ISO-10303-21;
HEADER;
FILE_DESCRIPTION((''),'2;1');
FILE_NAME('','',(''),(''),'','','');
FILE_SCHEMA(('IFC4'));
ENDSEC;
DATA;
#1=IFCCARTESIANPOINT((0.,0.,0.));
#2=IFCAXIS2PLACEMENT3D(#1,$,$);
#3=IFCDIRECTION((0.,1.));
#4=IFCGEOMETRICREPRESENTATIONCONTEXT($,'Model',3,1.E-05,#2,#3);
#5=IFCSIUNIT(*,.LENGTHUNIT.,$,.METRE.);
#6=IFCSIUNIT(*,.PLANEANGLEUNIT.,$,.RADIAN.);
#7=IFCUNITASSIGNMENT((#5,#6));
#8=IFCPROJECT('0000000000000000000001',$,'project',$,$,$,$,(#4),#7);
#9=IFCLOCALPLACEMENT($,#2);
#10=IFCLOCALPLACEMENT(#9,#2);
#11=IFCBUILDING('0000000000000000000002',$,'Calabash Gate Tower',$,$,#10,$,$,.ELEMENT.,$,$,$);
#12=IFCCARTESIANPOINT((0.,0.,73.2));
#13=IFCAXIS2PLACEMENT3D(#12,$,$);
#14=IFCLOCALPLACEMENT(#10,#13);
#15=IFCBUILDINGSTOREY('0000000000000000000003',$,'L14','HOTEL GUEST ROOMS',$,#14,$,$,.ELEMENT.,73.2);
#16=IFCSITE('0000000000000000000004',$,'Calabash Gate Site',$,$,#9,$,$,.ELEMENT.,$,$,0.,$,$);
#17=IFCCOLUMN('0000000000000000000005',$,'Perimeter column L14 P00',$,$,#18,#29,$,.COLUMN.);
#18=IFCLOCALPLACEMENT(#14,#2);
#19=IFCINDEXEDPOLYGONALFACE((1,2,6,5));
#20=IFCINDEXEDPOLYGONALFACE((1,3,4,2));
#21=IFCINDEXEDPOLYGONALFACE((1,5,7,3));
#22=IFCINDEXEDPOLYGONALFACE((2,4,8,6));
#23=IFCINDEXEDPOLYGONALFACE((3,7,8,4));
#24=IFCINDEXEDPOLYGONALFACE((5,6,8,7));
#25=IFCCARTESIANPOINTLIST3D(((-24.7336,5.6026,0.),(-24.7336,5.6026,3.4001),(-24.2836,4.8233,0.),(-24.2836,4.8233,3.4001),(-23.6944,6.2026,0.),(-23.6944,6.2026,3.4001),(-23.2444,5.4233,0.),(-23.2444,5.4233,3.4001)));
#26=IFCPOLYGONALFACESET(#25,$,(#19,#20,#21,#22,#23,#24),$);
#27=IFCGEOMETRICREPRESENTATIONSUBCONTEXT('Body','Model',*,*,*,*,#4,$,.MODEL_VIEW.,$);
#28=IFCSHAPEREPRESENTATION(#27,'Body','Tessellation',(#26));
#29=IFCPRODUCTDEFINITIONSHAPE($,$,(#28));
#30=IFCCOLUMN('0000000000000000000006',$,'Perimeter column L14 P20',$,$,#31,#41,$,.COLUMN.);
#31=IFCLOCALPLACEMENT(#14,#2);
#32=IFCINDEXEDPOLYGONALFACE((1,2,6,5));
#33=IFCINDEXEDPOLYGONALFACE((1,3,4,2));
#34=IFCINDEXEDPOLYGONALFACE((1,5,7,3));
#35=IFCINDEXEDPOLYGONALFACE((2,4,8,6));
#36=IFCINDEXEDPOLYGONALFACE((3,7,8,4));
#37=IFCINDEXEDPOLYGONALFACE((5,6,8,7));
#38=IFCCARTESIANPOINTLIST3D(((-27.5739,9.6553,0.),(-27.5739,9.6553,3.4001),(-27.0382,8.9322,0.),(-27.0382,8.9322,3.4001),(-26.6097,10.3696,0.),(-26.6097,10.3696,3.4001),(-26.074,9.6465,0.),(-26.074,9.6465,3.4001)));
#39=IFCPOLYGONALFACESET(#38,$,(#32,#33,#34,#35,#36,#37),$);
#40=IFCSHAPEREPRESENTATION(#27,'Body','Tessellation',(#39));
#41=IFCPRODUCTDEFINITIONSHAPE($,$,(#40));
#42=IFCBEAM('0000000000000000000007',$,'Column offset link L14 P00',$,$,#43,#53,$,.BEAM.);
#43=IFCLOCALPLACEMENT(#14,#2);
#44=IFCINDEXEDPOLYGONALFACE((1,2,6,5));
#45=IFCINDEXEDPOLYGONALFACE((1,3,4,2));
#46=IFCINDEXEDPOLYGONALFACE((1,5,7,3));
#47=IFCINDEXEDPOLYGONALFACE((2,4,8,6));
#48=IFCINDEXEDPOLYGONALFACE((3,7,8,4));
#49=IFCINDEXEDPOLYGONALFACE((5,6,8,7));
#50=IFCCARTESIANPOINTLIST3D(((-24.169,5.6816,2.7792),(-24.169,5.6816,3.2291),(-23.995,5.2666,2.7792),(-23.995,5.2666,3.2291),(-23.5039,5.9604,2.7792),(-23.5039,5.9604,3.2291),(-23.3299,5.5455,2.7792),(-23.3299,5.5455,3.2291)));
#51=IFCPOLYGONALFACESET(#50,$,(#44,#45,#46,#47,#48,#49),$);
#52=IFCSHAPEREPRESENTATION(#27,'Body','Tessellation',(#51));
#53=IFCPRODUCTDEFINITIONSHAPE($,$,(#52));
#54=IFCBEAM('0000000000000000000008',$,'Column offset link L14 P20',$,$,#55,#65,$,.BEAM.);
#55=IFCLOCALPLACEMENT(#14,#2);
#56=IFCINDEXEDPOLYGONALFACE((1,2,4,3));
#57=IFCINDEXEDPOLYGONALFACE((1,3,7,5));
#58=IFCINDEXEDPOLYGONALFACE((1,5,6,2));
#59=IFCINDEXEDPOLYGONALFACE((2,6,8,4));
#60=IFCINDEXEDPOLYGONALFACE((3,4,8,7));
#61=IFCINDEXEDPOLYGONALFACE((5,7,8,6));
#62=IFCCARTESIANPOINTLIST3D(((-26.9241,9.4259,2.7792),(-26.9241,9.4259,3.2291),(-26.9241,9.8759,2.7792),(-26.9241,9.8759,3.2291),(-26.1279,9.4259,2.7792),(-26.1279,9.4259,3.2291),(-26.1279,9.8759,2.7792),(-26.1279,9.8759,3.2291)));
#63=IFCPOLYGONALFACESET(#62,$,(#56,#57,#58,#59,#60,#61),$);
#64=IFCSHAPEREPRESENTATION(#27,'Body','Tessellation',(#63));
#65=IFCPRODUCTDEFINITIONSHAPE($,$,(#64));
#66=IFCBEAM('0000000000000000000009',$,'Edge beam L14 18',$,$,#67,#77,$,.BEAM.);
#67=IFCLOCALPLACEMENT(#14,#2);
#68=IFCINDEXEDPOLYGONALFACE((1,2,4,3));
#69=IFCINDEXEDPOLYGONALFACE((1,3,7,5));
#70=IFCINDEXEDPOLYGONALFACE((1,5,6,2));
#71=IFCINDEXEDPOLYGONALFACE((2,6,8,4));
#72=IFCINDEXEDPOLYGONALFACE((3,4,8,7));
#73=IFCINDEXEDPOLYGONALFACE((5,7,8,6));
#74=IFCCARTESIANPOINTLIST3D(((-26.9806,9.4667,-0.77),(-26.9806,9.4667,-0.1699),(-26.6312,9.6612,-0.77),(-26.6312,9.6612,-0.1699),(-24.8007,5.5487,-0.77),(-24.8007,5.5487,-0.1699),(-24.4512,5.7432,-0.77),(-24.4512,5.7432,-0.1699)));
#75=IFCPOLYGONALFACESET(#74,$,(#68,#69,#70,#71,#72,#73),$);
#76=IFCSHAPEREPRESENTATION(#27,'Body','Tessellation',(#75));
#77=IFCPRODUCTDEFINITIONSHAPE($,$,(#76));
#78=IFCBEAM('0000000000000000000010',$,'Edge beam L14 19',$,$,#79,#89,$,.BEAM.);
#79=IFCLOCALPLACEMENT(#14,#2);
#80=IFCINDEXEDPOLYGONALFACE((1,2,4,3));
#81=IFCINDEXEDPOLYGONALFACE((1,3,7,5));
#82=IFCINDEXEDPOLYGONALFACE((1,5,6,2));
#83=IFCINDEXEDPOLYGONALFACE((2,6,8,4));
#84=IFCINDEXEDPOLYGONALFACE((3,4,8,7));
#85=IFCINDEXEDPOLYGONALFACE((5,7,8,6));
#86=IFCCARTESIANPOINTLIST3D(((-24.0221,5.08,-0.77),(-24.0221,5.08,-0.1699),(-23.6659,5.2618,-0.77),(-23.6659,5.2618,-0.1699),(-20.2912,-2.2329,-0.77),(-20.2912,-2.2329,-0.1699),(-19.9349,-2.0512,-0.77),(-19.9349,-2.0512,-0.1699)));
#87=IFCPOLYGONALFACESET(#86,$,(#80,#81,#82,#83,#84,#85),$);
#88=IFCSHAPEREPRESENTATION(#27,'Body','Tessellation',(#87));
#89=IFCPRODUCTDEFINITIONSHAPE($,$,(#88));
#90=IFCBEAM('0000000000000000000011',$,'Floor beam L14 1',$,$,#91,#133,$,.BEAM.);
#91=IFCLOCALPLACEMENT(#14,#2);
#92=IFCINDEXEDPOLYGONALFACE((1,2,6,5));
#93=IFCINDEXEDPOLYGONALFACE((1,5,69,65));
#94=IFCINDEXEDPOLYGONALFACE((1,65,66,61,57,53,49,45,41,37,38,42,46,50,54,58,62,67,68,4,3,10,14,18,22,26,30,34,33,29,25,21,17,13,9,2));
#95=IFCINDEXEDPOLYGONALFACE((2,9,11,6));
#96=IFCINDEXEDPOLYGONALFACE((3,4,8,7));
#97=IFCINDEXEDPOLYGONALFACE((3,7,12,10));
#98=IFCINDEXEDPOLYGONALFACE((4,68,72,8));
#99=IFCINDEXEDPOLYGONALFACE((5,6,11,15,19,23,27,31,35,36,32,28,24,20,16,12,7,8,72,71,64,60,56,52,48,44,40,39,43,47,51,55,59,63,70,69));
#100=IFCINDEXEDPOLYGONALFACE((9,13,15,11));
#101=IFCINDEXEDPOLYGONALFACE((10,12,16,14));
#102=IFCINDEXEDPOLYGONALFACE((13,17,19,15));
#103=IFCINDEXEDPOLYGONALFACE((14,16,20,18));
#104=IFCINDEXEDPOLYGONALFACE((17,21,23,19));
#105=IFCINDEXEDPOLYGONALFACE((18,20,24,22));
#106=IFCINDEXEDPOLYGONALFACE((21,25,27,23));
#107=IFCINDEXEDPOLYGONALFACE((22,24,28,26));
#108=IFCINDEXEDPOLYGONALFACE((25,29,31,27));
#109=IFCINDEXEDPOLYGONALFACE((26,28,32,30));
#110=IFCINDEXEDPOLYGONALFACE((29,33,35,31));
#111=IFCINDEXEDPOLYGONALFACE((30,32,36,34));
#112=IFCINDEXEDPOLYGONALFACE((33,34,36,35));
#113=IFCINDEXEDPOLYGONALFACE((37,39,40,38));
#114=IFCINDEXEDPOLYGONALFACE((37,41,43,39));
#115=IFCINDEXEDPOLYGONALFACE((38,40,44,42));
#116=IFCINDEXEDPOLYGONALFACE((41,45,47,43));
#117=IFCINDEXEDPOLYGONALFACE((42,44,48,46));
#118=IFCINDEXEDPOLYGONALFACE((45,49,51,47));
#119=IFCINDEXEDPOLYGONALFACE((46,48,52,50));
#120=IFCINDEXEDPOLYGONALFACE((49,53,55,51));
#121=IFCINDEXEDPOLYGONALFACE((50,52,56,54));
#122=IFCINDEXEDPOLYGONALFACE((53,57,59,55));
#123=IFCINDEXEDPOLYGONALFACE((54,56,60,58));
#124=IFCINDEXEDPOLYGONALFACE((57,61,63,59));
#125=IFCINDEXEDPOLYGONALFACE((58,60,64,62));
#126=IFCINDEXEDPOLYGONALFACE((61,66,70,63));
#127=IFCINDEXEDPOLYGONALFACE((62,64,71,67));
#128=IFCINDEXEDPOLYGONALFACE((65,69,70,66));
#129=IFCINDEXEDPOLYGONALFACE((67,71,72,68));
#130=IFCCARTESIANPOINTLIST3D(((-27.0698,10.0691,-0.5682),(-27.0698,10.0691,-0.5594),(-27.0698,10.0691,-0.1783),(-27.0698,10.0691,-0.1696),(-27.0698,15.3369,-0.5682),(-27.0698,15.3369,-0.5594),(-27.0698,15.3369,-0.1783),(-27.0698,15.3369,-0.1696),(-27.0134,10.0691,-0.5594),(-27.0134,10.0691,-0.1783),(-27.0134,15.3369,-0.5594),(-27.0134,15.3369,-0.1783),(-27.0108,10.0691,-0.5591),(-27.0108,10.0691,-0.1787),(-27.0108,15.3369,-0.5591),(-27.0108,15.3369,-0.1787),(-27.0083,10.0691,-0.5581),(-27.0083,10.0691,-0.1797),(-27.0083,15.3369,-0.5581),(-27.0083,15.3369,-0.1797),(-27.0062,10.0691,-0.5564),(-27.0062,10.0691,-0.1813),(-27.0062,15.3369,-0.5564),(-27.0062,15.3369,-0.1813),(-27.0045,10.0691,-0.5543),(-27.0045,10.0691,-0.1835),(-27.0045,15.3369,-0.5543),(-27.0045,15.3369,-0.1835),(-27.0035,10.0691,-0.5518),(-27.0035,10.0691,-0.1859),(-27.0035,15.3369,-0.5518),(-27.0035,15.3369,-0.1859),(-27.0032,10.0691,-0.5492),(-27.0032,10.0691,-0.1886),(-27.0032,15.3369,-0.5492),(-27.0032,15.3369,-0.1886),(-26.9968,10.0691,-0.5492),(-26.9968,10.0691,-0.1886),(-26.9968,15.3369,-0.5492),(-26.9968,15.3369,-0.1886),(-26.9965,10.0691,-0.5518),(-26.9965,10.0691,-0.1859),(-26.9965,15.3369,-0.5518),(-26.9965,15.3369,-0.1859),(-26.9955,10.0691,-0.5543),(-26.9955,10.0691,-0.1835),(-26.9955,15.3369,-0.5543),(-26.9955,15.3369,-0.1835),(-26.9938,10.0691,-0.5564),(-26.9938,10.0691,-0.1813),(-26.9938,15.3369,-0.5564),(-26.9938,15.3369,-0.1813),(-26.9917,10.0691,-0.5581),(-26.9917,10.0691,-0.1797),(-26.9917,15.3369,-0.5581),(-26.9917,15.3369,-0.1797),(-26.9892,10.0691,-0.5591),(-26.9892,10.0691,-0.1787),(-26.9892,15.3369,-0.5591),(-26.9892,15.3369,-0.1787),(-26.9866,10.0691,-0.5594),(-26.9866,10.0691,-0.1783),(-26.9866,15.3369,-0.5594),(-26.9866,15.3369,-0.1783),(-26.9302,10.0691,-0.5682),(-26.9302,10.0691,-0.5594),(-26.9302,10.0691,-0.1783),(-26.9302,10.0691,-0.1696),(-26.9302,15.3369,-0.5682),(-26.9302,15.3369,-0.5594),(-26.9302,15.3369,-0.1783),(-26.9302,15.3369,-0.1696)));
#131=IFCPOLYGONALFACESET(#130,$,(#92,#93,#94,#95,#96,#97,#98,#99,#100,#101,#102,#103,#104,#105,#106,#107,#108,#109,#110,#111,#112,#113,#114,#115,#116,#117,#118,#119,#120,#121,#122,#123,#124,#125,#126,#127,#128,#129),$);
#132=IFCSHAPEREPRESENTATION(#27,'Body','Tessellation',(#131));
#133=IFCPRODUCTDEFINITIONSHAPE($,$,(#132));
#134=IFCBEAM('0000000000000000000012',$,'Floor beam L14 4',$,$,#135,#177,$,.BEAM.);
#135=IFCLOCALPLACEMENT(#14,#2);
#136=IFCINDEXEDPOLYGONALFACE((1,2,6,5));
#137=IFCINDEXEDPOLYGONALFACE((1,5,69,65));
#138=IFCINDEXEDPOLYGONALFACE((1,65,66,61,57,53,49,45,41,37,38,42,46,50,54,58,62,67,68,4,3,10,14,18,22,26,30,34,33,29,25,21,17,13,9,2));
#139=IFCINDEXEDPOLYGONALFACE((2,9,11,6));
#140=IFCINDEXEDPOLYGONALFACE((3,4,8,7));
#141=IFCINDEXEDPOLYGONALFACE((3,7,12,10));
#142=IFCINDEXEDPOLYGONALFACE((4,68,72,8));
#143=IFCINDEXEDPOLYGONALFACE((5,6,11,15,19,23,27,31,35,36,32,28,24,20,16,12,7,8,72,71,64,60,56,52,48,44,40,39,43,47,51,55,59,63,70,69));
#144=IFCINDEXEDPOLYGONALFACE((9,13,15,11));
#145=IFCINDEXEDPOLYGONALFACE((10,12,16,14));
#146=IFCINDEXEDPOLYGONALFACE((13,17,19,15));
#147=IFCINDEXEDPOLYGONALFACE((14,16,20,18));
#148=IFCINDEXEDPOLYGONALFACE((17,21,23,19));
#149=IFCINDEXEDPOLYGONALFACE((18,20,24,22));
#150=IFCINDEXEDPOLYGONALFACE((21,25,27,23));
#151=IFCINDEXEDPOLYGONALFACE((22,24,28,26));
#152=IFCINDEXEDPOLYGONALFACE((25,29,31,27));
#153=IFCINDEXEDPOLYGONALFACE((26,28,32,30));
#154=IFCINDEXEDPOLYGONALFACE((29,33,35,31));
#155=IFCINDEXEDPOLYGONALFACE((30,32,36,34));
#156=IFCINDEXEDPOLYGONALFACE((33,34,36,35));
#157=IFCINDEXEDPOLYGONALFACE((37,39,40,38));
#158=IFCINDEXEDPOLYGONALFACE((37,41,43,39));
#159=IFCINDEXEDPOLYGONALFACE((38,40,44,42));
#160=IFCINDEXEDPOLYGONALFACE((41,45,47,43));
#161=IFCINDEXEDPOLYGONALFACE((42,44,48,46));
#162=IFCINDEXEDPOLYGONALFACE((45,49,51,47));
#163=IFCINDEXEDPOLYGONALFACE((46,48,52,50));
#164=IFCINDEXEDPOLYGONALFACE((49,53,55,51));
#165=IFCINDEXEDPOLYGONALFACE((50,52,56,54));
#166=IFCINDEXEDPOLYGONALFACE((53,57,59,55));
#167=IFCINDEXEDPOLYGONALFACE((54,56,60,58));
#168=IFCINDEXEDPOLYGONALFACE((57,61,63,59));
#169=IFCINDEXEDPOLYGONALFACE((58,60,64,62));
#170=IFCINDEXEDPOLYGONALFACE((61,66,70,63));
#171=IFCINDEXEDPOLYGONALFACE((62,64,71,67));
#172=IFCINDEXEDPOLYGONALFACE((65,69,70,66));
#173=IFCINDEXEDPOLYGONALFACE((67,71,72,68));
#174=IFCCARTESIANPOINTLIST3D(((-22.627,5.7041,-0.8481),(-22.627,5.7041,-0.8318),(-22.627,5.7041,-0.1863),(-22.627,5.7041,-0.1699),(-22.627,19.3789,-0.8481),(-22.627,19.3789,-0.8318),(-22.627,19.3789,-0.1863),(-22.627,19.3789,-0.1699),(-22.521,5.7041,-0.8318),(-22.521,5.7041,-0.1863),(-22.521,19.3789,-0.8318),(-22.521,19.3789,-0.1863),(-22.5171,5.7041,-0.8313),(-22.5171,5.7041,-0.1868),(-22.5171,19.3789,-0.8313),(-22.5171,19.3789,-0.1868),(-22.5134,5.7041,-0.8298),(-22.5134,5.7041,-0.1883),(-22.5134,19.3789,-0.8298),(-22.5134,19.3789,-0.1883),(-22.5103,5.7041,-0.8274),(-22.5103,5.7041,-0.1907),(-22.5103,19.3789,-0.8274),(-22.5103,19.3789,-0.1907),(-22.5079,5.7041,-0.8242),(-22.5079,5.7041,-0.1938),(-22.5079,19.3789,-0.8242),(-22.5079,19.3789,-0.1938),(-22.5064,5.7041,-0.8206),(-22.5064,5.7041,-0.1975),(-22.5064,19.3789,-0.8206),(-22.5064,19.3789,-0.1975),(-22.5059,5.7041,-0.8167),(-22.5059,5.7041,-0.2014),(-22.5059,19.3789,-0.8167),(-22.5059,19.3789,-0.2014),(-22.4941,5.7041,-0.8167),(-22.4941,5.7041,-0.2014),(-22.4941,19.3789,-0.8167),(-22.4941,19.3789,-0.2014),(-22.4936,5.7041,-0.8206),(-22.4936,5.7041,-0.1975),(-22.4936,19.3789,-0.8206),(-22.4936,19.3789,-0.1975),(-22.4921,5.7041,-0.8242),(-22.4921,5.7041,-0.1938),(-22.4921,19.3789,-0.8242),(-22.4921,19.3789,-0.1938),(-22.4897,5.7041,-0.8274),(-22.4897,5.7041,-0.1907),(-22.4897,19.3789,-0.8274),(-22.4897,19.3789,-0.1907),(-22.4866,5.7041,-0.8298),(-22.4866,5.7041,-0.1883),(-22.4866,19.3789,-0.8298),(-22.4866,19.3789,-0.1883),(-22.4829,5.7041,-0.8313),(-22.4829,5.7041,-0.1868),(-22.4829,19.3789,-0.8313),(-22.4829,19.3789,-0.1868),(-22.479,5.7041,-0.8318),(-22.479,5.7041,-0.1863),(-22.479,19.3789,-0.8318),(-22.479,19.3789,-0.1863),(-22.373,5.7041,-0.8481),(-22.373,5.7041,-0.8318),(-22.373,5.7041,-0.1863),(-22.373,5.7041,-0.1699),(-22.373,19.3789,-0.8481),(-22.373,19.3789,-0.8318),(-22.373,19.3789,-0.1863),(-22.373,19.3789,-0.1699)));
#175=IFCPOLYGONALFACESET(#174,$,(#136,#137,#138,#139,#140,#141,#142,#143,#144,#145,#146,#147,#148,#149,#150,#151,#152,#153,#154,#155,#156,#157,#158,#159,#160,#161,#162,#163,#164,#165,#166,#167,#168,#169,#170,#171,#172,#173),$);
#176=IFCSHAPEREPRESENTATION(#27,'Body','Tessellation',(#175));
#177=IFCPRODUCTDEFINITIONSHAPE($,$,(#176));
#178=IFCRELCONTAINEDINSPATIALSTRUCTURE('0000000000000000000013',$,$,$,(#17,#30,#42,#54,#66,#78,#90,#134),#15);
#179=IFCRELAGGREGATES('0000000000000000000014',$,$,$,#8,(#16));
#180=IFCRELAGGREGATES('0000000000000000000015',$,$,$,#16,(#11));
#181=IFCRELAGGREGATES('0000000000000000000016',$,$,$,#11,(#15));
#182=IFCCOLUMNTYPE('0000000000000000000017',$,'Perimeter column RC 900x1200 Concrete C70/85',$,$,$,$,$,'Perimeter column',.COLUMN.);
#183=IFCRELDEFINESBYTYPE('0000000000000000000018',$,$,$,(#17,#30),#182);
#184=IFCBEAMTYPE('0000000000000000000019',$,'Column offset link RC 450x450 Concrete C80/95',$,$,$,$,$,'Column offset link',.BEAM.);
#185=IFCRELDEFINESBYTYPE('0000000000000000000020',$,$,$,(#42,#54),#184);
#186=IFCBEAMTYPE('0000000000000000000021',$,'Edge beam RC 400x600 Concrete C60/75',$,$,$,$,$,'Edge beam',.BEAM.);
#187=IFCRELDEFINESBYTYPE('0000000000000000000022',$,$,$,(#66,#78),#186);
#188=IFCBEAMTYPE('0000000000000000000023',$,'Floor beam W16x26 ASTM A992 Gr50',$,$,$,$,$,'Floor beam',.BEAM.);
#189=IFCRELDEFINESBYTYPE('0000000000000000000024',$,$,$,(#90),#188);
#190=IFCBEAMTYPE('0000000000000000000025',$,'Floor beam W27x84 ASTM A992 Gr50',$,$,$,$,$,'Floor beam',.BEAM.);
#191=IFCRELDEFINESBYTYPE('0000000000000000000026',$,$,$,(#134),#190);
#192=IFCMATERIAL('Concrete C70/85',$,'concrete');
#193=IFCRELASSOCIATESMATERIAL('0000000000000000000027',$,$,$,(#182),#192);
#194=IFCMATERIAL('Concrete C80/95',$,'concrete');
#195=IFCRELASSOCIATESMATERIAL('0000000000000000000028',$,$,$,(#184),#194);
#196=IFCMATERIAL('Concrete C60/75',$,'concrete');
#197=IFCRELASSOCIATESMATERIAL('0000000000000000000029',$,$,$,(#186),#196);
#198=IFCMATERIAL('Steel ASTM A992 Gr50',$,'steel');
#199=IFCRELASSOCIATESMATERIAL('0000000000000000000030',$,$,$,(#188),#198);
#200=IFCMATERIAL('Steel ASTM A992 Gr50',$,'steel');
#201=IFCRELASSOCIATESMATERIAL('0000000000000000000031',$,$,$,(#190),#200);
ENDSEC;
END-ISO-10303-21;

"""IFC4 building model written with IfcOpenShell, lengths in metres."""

from ifc_helpers import new_model, si_unit, direction, frame, origin, origin_2d, place, context, subcontext, project, spatial, rectangle, i_section, extrude, material, material_profile, profile_set, type_object, element, save


model = new_model("IFC4")

# Units and contexts
model_context = context("Model", 3, precision=1e-05, world=origin(), true_north=direction((0.0, 1.0)))
body_context = subcontext(model_context, "Body", "Model", "MODEL_VIEW")
ifc_project = project(units=[si_unit("LENGTHUNIT", "METRE"), si_unit("PLANEANGLEUNIT", "RADIAN")], contexts=[model_context])

# Site, building, storey
site_placement = place(None, origin())
site = spatial("IfcSite", under=ifc_project, at=site_placement, Name="Calabash Gate Site", CompositionType="ELEMENT", RefElevation=0.0)
building_placement = place(site_placement, origin())
building = spatial("IfcBuilding", under=site, at=building_placement, Name="Calabash Gate Tower", CompositionType="ELEMENT")
storey_placement = place(building_placement, frame((0.0, 0.0, 73.2)))
storey = spatial("IfcBuildingStorey", under=building, at=storey_placement, Name="L14", Description="HOTEL GUEST ROOMS", CompositionType="ELEMENT", Elevation=73.2)

# Columns
ifc_material_1 = material(Name="Concrete C70/85", Category="concrete")
ifc_material_profile_1 = material_profile(ifc_material_1, rectangle(XDim=0.8999, YDim=1.2, at=origin_2d()))
ifc_profile_set_1 = profile_set([ifc_material_profile_1], Name="Concrete C70/85")
column_type = type_object("IfcColumnType", Name="Perimeter column RC 900x1200 Concrete C70/85", ElementType="Perimeter column", PredefinedType="COLUMN", material=ifc_profile_set_1)
for number, where, z_axis, x_axis, name in (
    (1, (-23.989, 5.5129, 0.0), (0.0, 0.0, 1.0), (0.5, -0.866025, 0.0), "Perimeter column L14 P00"),
    (2, (-26.824, 9.6509, 0.0), (0.0, 0.0, 1.0), (0.595287, -0.803513, 0.0), "Perimeter column L14 P20"),
):
    element("IfcColumn", number, at=place(storey_placement, frame(where, z_axis=z_axis, x_axis=x_axis)), inside=storey, type_object=column_type, Name=name, PredefinedType="COLUMN", context=body_context, shape_type="SweptSolid", body=[
        extrude(rectangle(XDim=0.8999, YDim=1.2, at=origin_2d()), origin(), (0.0, 0.0, 1.0), 3.4001),
    ])

# Beams
ifc_material_2 = material(Name="Concrete C80/95", Category="concrete")
ifc_material_profile_2 = material_profile(ifc_material_2, rectangle(XDim=0.45, YDim=0.45, at=origin_2d()))
ifc_profile_set_2 = profile_set([ifc_material_profile_2], Name="Concrete C80/95")
beam_type_1 = type_object("IfcBeamType", Name="Column offset link RC 450x450 Concrete C80/95", ElementType="Column offset link", PredefinedType="BEAM", material=ifc_profile_set_2)
beam_1_placement = place(storey_placement, frame((-24.082, 5.4741, 3.0042), z_axis=(0.922233, 0.386634, 0.0), x_axis=(-0.386634, 0.922233, 0.0)))
element("IfcBeam", 3, at=beam_1_placement, inside=storey, type_object=beam_type_1, Name="Column offset link L14 P00", PredefinedType="BEAM", context=body_context, shape_type="SweptSolid", body=[
    extrude(rectangle(XDim=0.45, YDim=0.45, at=origin_2d()), origin(), (0.0, 0.0, 1.0), 0.7212),
])
beam_2_placement = place(storey_placement, frame((-26.9241, 9.6509, 3.0042), z_axis=(1.0, 0.0, 0.0), x_axis=(0.0, 1.0, 0.0)))
element("IfcBeam", 4, at=beam_2_placement, inside=storey, type_object=beam_type_1, Name="Column offset link L14 P20", PredefinedType="BEAM", context=body_context, shape_type="SweptSolid", body=[
    extrude(rectangle(XDim=0.45, YDim=0.45, at=origin_2d()), origin(), (0.0, 0.0, 1.0), 0.7961),
])
ifc_material_3 = material(Name="Concrete C60/75", Category="concrete")
ifc_material_profile_3 = material_profile(ifc_material_3, rectangle(XDim=0.3999, YDim=0.6001, at=origin_2d()))
ifc_profile_set_3 = profile_set([ifc_material_profile_3], Name="Concrete C60/75")
beam_type_2 = type_object("IfcBeamType", Name="Edge beam RC 400x600 Concrete C60/75", ElementType="Edge beam", PredefinedType="BEAM", material=ifc_profile_set_3)
beam_3_placement = place(storey_placement, frame((-26.8059, 9.564, -0.47), z_axis=(0.486202, -0.873846, 0.0), x_axis=(0.873846, 0.486202, 0.0)))
element("IfcBeam", 5, at=beam_3_placement, inside=storey, type_object=beam_type_2, Name="Edge beam L14 18", PredefinedType="BEAM", context=body_context, shape_type="SweptSolid", body=[
    extrude(rectangle(XDim=0.3999, YDim=0.6001, at=origin_2d()), origin(), (0.0, 0.0, 1.0), 4.4836),
])
beam_4_placement = place(storey_placement, frame((-23.844, 5.1709, -0.47), z_axis=(0.454455, -0.89077, 0.0), x_axis=(0.89077, 0.454455, 0.0)))
element("IfcBeam", 6, at=beam_4_placement, inside=storey, type_object=beam_type_2, Name="Edge beam L14 19", PredefinedType="BEAM", context=body_context, shape_type="SweptSolid", body=[
    extrude(rectangle(XDim=0.3999, YDim=0.6001, at=origin_2d()), origin(), (0.0, 0.0, 1.0), 8.2097),
])
ifc_material_4 = material(Name="Steel ASTM A992 Gr50", Category="steel")
ifc_material_profile_4 = material_profile(ifc_material_4, i_section(OverallWidth=0.1396, OverallDepth=0.3987, WebThickness=0.0063, FlangeThickness=0.0088, FilletRadius=0.0103, at=origin_2d()))
ifc_profile_set_4 = profile_set([ifc_material_profile_4], Name="Steel ASTM A992 Gr50")
beam_type_3 = type_object("IfcBeamType", Name="Floor beam W16x26 ASTM A992 Gr50", ElementType="Floor beam", PredefinedType="BEAM", material=ifc_profile_set_4)
beam_5_placement = place(storey_placement, frame((-27.0, 10.0691, -0.3689), z_axis=(0.0, 1.0, 0.0), x_axis=(-1.0, 0.0, 0.0)))
element("IfcBeam", 7, at=beam_5_placement, inside=storey, type_object=beam_type_3, Name="Floor beam L14 1", PredefinedType="BEAM", context=body_context, shape_type="SweptSolid", body=[
    extrude(i_section(OverallWidth=0.1396, OverallDepth=0.3987, WebThickness=0.0063, FlangeThickness=0.0088, FilletRadius=0.0103, at=origin_2d()), origin(), (0.0, 0.0, 1.0), 5.2678),
])
ifc_material_5 = material(Name="Steel ASTM A992 Gr50", Category="steel")
ifc_material_profile_5 = material_profile(ifc_material_5, i_section(OverallWidth=0.2539, OverallDepth=0.6782, WebThickness=0.0117, FlangeThickness=0.0164, FilletRadius=0.0151, at=origin_2d()))
ifc_profile_set_5 = profile_set([ifc_material_profile_5], Name="Steel ASTM A992 Gr50")
beam_type_4 = type_object("IfcBeamType", Name="Floor beam W27x84 ASTM A992 Gr50", ElementType="Floor beam", PredefinedType="BEAM", material=ifc_profile_set_5)
beam_6_placement = place(storey_placement, frame((-22.5, 5.7041, -0.509), z_axis=(0.0, 1.0, 0.0), x_axis=(-1.0, 0.0, 0.0)))
element("IfcBeam", 8, at=beam_6_placement, inside=storey, type_object=beam_type_4, Name="Floor beam L14 4", PredefinedType="BEAM", context=body_context, shape_type="SweptSolid", body=[
    extrude(i_section(OverallWidth=0.2539, OverallDepth=0.6782, WebThickness=0.0117, FlangeThickness=0.0164, FilletRadius=0.0151, at=origin_2d()), origin(), (0.0, 0.0, 1.0), 13.6748),
])

save(model, "model.ifc")
